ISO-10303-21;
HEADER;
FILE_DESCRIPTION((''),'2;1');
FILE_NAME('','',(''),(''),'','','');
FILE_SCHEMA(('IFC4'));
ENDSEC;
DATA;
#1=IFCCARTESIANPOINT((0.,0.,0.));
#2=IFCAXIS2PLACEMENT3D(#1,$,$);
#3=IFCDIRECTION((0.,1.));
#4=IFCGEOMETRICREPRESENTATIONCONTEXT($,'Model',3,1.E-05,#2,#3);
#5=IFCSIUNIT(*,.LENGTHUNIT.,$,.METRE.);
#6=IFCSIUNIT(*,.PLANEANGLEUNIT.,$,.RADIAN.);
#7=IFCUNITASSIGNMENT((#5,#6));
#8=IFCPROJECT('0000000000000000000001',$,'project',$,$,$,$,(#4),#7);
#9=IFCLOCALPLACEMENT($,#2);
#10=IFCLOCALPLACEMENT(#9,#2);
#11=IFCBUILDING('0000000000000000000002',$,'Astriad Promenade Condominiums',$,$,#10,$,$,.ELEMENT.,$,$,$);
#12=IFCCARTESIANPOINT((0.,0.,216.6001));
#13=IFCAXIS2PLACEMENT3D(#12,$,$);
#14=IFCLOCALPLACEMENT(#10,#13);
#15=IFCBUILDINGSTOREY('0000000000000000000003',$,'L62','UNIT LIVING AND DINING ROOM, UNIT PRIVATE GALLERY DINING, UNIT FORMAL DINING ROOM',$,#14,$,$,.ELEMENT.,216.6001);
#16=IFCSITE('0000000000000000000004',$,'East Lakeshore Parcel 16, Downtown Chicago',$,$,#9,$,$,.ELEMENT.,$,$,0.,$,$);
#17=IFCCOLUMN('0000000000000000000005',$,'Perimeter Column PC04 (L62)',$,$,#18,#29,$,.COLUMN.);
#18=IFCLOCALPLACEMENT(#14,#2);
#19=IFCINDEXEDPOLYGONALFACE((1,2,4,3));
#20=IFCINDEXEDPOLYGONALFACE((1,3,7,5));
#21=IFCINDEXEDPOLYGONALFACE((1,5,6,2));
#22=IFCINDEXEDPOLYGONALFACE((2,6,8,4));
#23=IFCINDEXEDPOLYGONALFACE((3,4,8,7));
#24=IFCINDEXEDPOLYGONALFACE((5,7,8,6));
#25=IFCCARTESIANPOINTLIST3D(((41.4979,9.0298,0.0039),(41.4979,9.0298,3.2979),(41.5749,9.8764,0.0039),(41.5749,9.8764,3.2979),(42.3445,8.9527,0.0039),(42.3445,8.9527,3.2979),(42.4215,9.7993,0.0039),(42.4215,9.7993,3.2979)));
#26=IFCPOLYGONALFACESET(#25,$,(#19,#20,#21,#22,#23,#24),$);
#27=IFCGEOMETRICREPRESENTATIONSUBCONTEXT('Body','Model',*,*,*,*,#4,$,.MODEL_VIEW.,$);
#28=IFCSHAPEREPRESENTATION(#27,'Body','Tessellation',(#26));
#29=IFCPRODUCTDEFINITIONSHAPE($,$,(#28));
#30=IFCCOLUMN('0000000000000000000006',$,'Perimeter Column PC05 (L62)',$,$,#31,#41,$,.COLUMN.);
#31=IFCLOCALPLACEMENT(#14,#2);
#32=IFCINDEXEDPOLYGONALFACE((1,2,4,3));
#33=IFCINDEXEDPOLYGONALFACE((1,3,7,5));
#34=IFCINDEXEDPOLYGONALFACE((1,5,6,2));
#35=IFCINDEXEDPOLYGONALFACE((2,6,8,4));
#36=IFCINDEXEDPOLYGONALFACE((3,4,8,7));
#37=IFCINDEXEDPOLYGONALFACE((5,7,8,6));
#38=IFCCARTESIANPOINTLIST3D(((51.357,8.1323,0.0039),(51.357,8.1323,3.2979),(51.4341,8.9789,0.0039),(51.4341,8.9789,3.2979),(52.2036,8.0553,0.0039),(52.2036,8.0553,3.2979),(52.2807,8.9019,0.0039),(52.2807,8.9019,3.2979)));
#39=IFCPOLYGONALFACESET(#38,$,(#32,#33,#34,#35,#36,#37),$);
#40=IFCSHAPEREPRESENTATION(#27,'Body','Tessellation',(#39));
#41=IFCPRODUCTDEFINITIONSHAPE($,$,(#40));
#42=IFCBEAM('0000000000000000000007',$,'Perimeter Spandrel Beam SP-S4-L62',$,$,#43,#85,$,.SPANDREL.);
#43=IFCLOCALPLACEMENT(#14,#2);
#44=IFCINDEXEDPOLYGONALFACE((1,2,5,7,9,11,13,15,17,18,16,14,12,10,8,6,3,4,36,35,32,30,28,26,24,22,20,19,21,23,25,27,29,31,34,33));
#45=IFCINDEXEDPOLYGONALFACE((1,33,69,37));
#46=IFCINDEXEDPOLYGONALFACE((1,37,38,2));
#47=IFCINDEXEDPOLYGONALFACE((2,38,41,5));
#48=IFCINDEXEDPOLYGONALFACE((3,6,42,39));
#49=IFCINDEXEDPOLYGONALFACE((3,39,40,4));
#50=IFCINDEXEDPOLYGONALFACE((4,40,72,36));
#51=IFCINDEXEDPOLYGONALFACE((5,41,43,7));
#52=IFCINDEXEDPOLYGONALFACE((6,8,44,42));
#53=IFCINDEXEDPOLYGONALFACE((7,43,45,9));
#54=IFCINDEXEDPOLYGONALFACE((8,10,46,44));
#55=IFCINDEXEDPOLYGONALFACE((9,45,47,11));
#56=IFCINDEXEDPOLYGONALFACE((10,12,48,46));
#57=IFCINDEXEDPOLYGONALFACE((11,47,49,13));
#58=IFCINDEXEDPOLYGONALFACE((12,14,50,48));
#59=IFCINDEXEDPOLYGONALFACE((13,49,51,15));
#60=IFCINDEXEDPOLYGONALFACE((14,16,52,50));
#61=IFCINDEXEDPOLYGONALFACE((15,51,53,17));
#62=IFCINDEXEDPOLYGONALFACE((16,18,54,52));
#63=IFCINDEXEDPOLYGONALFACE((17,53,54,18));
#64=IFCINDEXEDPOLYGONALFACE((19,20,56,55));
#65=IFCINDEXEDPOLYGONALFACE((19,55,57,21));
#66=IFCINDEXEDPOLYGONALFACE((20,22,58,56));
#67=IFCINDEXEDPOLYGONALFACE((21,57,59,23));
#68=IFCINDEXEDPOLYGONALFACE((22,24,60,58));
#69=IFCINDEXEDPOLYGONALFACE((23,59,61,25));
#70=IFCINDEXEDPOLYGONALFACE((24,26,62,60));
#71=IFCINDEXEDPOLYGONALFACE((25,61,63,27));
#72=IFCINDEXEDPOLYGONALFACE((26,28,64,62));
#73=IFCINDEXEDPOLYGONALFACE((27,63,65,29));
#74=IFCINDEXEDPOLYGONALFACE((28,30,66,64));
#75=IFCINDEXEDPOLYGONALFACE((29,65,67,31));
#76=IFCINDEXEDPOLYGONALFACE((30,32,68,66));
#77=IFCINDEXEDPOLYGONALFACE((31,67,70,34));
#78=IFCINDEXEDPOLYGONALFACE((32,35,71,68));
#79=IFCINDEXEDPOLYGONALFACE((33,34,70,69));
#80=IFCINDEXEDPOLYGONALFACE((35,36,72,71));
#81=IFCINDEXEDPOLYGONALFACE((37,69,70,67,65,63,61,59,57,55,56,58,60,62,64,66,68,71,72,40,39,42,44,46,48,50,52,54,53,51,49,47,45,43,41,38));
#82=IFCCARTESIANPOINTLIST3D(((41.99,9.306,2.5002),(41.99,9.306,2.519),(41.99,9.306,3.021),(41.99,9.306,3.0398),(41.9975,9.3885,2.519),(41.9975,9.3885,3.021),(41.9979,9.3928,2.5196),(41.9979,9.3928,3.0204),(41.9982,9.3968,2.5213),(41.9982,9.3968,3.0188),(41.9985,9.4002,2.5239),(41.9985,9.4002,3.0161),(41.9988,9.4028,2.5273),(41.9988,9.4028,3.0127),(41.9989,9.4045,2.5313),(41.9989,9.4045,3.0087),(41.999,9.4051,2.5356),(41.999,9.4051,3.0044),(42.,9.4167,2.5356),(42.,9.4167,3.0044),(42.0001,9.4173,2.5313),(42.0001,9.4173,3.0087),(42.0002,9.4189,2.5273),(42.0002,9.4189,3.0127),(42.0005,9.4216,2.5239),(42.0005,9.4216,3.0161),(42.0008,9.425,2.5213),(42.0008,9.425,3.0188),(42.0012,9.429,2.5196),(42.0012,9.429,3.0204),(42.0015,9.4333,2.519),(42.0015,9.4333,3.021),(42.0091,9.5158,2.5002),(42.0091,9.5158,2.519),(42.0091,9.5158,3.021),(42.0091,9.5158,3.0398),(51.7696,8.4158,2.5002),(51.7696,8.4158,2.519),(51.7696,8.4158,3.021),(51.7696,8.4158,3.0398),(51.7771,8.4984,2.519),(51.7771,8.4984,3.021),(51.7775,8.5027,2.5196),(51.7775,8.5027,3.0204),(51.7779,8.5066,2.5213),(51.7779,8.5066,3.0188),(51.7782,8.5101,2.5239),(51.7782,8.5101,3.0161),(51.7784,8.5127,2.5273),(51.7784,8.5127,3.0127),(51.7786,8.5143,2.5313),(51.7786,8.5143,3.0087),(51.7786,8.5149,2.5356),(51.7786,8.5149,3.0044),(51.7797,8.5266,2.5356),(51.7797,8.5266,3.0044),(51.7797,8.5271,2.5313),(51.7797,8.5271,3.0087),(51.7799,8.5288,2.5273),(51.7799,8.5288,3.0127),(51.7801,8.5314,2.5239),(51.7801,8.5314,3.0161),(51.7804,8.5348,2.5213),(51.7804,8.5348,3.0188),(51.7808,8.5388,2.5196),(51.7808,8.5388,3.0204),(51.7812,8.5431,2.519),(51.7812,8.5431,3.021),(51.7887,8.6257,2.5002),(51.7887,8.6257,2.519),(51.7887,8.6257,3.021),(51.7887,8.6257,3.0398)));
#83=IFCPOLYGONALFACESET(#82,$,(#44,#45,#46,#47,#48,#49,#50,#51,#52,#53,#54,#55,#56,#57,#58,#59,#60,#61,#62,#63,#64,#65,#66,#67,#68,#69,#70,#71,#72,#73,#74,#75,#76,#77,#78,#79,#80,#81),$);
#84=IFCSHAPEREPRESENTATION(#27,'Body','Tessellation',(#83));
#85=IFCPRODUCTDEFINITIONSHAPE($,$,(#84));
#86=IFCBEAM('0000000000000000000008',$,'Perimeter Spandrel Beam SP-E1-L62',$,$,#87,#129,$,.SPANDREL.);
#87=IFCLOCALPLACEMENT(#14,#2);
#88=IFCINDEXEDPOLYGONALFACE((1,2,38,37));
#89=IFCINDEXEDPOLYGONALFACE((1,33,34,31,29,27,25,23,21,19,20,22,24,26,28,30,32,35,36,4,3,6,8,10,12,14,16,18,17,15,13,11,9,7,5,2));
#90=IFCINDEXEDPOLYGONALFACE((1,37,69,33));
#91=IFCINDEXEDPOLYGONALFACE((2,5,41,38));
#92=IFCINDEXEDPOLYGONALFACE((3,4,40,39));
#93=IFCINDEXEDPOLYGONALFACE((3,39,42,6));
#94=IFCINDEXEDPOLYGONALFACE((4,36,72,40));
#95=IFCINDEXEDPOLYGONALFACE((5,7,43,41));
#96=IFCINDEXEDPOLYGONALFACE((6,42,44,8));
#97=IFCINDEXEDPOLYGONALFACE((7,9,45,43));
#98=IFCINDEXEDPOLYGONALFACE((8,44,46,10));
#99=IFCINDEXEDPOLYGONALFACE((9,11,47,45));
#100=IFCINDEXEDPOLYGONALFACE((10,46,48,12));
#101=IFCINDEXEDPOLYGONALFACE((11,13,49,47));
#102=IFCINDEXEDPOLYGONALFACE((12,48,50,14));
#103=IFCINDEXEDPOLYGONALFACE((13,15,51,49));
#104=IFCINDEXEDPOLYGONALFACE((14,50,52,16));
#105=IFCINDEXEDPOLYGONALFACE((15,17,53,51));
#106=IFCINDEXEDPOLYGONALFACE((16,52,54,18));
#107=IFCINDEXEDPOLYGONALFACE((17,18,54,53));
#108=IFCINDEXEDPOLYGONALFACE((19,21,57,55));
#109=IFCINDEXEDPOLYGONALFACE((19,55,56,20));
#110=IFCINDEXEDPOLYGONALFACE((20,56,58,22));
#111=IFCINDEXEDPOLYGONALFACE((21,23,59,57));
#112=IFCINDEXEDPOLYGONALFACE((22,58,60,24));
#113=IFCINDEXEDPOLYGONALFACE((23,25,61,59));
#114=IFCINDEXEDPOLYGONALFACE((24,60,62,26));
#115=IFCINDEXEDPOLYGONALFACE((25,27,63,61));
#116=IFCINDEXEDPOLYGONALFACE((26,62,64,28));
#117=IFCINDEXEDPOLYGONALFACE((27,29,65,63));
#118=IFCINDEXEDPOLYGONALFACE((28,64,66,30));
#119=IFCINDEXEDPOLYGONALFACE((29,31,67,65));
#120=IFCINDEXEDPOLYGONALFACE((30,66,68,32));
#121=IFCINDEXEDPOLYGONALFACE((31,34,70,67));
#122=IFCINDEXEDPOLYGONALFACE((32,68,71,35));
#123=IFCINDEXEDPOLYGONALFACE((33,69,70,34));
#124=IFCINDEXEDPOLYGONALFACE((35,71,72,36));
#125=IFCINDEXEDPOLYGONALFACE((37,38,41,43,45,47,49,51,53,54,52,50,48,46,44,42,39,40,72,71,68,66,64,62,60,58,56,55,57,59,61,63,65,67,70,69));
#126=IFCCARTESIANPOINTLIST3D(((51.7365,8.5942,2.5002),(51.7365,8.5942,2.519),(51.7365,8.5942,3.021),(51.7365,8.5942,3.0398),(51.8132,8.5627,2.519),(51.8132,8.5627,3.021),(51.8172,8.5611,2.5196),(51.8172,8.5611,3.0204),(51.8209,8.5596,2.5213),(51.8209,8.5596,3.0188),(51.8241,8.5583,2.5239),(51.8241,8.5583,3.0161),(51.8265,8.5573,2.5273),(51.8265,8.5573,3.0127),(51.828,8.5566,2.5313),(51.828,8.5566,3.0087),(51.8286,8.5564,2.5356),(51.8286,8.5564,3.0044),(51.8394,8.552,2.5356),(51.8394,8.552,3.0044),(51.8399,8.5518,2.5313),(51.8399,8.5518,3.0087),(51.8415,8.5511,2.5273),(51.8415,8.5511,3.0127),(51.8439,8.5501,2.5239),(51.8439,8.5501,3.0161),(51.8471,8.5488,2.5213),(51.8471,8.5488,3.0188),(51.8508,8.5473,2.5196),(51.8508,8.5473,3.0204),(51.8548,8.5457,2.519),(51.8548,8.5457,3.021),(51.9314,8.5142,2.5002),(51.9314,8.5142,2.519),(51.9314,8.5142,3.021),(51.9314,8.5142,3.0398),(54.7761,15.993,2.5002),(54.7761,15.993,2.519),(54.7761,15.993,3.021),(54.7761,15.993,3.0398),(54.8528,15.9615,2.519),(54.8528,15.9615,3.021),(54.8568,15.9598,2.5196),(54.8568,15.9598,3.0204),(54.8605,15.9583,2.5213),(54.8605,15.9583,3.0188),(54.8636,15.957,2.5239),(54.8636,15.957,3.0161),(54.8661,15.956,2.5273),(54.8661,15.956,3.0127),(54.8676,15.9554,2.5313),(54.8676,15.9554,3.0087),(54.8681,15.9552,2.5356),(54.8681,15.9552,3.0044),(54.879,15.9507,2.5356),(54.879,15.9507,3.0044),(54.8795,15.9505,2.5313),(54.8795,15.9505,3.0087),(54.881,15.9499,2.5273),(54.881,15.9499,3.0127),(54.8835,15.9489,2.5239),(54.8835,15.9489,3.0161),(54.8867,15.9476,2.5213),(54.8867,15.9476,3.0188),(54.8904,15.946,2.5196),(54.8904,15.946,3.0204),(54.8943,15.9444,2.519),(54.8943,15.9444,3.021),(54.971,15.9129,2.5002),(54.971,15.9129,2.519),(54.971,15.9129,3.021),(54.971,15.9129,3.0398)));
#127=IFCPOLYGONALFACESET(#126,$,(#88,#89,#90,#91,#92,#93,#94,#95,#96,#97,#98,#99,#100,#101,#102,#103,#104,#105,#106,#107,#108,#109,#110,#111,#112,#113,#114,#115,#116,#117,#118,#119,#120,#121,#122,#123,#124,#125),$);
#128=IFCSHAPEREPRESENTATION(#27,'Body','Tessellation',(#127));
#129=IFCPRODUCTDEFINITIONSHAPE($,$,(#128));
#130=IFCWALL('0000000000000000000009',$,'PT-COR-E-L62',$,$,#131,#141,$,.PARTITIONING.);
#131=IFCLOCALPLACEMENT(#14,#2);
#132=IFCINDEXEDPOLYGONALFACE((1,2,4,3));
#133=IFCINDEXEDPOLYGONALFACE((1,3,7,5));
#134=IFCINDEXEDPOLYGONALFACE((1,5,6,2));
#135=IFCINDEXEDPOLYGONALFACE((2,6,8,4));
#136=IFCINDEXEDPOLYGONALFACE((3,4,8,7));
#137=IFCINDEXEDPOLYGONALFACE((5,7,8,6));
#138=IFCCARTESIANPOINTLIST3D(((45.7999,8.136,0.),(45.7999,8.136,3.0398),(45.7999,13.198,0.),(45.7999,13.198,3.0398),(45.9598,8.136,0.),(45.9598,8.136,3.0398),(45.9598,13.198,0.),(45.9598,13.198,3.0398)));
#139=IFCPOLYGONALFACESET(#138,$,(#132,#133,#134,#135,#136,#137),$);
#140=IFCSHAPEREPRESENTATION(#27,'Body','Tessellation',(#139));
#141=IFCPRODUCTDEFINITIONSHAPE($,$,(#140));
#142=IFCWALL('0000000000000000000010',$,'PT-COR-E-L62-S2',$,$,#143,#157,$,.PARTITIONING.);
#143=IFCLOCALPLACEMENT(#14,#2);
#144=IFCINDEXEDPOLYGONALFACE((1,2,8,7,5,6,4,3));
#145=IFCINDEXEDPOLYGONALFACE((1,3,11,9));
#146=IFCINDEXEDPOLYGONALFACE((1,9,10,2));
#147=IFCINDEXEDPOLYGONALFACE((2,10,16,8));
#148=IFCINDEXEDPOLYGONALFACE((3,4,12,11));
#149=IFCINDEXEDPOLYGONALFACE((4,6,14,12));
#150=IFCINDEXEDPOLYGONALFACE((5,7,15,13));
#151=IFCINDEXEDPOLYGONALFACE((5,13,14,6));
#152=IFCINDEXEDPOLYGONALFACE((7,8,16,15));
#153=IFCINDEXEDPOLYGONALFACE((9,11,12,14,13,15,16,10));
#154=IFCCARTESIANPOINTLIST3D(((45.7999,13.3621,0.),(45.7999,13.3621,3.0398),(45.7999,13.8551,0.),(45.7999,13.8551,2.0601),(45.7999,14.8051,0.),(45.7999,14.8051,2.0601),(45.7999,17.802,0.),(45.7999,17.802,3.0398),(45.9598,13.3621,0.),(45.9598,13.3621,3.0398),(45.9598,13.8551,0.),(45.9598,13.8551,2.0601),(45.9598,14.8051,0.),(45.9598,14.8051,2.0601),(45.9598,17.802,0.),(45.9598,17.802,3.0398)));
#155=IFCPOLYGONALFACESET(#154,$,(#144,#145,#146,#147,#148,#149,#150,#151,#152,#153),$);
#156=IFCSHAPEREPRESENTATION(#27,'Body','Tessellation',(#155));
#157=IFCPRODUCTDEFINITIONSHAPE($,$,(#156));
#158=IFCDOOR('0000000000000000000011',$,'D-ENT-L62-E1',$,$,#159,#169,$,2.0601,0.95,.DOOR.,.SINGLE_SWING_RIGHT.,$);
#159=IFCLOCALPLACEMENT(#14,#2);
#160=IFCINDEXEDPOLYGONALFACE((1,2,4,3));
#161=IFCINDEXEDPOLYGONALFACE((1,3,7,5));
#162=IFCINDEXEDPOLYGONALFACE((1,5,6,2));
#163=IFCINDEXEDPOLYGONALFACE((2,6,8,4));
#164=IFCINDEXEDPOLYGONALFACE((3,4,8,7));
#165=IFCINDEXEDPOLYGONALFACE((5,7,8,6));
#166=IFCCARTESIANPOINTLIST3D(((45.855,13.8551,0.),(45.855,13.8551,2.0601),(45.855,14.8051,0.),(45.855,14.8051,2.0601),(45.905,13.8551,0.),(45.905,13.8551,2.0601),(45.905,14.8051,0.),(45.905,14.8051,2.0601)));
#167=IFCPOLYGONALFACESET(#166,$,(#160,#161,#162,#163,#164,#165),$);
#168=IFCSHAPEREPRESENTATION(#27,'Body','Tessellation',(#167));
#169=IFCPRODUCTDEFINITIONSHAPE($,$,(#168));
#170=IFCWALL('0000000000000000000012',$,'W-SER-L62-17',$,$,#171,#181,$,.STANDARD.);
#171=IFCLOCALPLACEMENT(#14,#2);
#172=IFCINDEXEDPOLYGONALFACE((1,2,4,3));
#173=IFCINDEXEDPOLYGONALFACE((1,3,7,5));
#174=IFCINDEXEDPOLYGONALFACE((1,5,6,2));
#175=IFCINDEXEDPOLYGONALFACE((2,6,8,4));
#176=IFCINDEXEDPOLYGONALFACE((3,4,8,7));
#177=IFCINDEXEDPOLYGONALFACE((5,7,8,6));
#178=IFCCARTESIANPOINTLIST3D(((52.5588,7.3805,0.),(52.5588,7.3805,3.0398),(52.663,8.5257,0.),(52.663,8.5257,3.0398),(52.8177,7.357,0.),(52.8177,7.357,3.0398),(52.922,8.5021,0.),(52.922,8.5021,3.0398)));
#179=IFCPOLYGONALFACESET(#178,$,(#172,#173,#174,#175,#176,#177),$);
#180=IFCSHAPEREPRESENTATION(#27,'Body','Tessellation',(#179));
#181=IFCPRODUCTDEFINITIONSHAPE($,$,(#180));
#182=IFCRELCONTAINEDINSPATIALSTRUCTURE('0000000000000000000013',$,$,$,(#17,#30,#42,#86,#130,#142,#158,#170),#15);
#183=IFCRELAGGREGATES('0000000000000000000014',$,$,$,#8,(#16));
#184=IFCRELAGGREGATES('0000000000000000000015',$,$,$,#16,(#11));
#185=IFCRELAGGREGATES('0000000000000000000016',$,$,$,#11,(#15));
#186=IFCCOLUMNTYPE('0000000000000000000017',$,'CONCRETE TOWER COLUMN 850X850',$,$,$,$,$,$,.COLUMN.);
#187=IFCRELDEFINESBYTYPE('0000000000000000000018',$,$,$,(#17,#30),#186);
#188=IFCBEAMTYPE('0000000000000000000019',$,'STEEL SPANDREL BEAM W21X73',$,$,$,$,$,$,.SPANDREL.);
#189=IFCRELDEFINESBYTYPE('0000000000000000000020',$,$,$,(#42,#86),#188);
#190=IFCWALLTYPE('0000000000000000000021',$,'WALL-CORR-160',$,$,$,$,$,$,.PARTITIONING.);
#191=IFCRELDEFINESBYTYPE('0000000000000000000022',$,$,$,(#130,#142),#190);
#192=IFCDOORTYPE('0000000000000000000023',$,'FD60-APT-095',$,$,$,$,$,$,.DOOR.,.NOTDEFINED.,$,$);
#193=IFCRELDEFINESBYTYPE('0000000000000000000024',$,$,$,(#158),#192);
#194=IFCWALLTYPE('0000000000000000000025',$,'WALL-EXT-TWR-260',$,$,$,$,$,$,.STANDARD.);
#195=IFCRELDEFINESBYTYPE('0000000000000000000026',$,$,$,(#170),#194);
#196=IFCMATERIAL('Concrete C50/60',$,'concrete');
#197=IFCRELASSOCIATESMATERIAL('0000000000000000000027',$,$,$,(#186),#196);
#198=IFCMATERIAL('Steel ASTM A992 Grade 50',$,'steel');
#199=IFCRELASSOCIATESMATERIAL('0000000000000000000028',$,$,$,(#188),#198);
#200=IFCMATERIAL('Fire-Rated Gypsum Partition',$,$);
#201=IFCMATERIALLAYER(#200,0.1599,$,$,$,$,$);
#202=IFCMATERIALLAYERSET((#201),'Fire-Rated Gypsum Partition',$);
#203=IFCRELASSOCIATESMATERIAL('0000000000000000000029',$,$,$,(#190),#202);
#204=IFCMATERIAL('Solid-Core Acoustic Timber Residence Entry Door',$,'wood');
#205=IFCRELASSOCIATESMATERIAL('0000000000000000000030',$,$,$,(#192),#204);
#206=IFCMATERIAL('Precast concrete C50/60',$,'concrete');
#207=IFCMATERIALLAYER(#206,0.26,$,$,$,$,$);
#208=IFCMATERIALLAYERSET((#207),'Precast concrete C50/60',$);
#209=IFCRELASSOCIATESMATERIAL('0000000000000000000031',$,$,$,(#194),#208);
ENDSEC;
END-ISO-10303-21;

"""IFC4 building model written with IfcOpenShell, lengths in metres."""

from ifc_helpers import new_model, si_unit, direction, frame, frame_2d, origin, origin_2d, place, context, subcontext, project, spatial, rectangle, i_section, extrude, source, transform, mapped, material, layer, layer_set, material_profile, profile_set, type_object, type_shapes, element, fill, save


model = new_model("IFC4")

# Units and contexts
model_context = context("Model", 3, precision=1e-05, world=origin(), true_north=direction((0.0, 1.0)))
body_context = subcontext(model_context, "Body", "Model", "MODEL_VIEW")
ifc_project = project(units=[si_unit("LENGTHUNIT", "METRE"), si_unit("PLANEANGLEUNIT", "RADIAN")], contexts=[model_context])

# Site, building, storey
site_placement = place(None, origin())
site = spatial("IfcSite", under=ifc_project, at=site_placement, Name="East Lakeshore Parcel 16, Downtown Chicago", CompositionType="ELEMENT", RefElevation=0.0)
building_placement = place(site_placement, origin())
building = spatial("IfcBuilding", under=site, at=building_placement, Name="Astriad Promenade Condominiums", CompositionType="ELEMENT")
storey_placement = place(building_placement, frame((0.0, 0.0, 216.6001)))
storey = spatial("IfcBuildingStorey", under=building, at=storey_placement, Name="L62", Description="UNIT LIVING AND DINING ROOM, UNIT PRIVATE GALLERY DINING, UNIT FORMAL DINING ROOM", CompositionType="ELEMENT", Elevation=216.6001)

# Columns
ifc_material_1 = material(Name="Concrete C50/60", Category="concrete")
ifc_material_profile_1 = material_profile(ifc_material_1, rectangle(XDim=0.8501, YDim=0.8501, at=origin_2d()), Name="RC-COL-850X850")
ifc_profile_set_1 = profile_set([ifc_material_profile_1], Name="Concrete C50/60")
column_type = type_object("IfcColumnType", Name="CONCRETE TOWER COLUMN 850X850", PredefinedType="COLUMN", material=ifc_profile_set_1)
shared_shape_1 = source(origin(), body_context, "Body", "SweptSolid", [
    extrude(rectangle(XDim=0.8501, YDim=0.8501, at=origin_2d()), origin(), (0.0, 0.0, 1.0), 3.2939),
])
type_shapes(column_type, [shared_shape_1])
for number, where, z_axis, x_axis, name in (
    (1, (41.9597, 9.4146, 0.0039), (0.0, 0.0, 1.0), (0.995884, -0.090633, 0.0), "Perimeter Column PC04 (L62)"),
    (2, (51.8188, 8.5171, 0.0039), (0.0, 0.0, 1.0), (0.995884, -0.090633, 0.0), "Perimeter Column PC05 (L62)"),
):
    element("IfcColumn", number, at=place(storey_placement, frame(where, z_axis=z_axis, x_axis=x_axis)), inside=storey, type_object=column_type, Name=name, PredefinedType="COLUMN", context=body_context, shape_type="MappedRepresentation", body=[
        mapped(shared_shape_1, transform((0.0, 0.0, 0.0), scale=1.0)),
    ])

# Beams
ifc_material_2 = material(Name="Steel ASTM A992 Grade 50", Category="steel")
ifc_material_profile_2 = material_profile(ifc_material_2, i_section(OverallWidth=0.2107, OverallDepth=0.5396, WebThickness=0.0117, FlangeThickness=0.0188, FilletRadius=0.0166, at=origin_2d()), Name="W21X73")
ifc_profile_set_2 = profile_set([ifc_material_profile_2], Name="Steel ASTM A992 Grade 50")
beam_type = type_object("IfcBeamType", Name="STEEL SPANDREL BEAM W21X73", PredefinedType="SPANDREL", material=ifc_profile_set_2)
shared_shape_2 = source(origin(), body_context, "Body", "SweptSolid", [
    extrude(i_section(OverallWidth=0.2107, OverallDepth=0.5396, WebThickness=0.0117, FlangeThickness=0.0188, FilletRadius=0.0166, at=origin_2d()), origin(), (0.0, 0.0, 1.0), 9.8201),
])
beam_1_placement = place(storey_placement, frame((41.9995, 9.4109, 2.77), z_axis=(0.995883, -0.090646, 0.0), x_axis=(0.090646, 0.995883, 0.0)))
element("IfcBeam", 3, at=beam_1_placement, inside=storey, type_object=beam_type, Name="Perimeter Spandrel Beam SP-S4-L62", PredefinedType="SPANDREL", context=body_context, shape_type="MappedRepresentation", body=[
    mapped(shared_shape_2, transform((0.0, 0.0, 0.0), scale=1.0)),
])
shared_shape_3 = source(origin(), body_context, "Body", "SweptSolid", [
    extrude(i_section(OverallWidth=0.2107, OverallDepth=0.5396, WebThickness=0.0117, FlangeThickness=0.0188, FilletRadius=0.0166, at=origin_2d()), origin(), (0.0, 0.0, 1.0), 7.9988),
])
type_shapes(beam_type, [shared_shape_2, shared_shape_3])
beam_2_placement = place(storey_placement, frame((51.834, 8.5542, 2.77), z_axis=(0.380005, 0.924984, 0.0), x_axis=(-0.924984, 0.380005, 0.0)))
element("IfcBeam", 4, at=beam_2_placement, inside=storey, type_object=beam_type, Name="Perimeter Spandrel Beam SP-E1-L62", PredefinedType="SPANDREL", context=body_context, shape_type="MappedRepresentation", body=[
    mapped(shared_shape_3, transform((0.0, 0.0, 0.0), scale=1.0)),
])

# Wall
ifc_material_3 = material(Name="Fire-Rated Gypsum Partition")
ifc_layer_1 = layer(ifc_material_3, 0.1599)
ifc_layer_set_1 = layer_set([ifc_layer_1], Name="Fire-Rated Gypsum Partition")
wall_type_1 = type_object("IfcWallType", Name="WALL-CORR-160", PredefinedType="PARTITIONING", material=ifc_layer_set_1)
wall_1_placement = place(storey_placement, frame((45.8799, 8.136, 0.0), z_axis=(0.0, 0.0, 1.0), x_axis=(0.0, 1.0, 0.0)))
element("IfcWall", 5, at=wall_1_placement, inside=storey, type_object=wall_type_1, Name="PT-COR-E-L62", PredefinedType="PARTITIONING", context=body_context, shape_type="SweptSolid", body=[
    extrude(rectangle(XDim=5.062, YDim=0.1599, at=frame_2d((2.531, 0.0))), origin(), (0.0, 0.0, 1.0), 3.0398),
])

# Wall, opening, door
wall_2_placement = place(storey_placement, frame((45.8799, 13.3621, 0.0), z_axis=(0.0, 0.0, 1.0), x_axis=(0.0, 1.0, 0.0)))
wall_2 = element("IfcWall", 6, at=wall_2_placement, inside=storey, type_object=wall_type_1, Name="PT-COR-E-L62-S2", PredefinedType="PARTITIONING", context=body_context, shape_type="SweptSolid", body=[
    extrude(rectangle(XDim=4.4399, YDim=0.1599, at=frame_2d((2.22, 0.0))), origin(), (0.0, 0.0, 1.0), 3.0398),
])
opening_1_placement = place(wall_2_placement, frame((0.4929, 0.0, 0.0)))
opening_1 = element("IfcOpeningElement", 7, at=opening_1_placement, cuts=wall_2, PredefinedType="OPENING", context=body_context, shape_type="SweptSolid", body=[
    extrude(rectangle(XDim=0.95, YDim=2.0601, at=frame_2d((0.4751, 1.03))), frame((0.0, 0.0898, 0.0), z_axis=(0.0, -1.0, 0.0), x_axis=(1.0, 0.0, 0.0)), (0.0, 0.0, 1.0), 0.1799),
])
ifc_material_4 = material(Name="Solid-Core Acoustic Timber Residence Entry Door", Category="wood")
door_type_1 = type_object("IfcDoorType", Name="FD60-APT-095", OperationType="NOTDEFINED", PredefinedType="DOOR", material=ifc_material_4)
shared_shape_4 = source(origin(), body_context, "Body", "SweptSolid", [
    extrude(rectangle(XDim=0.95, YDim=2.0601, at=frame_2d((0.4751, 1.03))), frame((0.0, 0.0249, 0.0), z_axis=(0.0, -1.0, 0.0), x_axis=(1.0, 0.0, 0.0)), (0.0, 0.0, 1.0), 0.05),
])
type_shapes(door_type_1, [shared_shape_4])
door_1_placement = place(opening_1_placement, origin())
door_1 = element("IfcDoor", 8, at=door_1_placement, inside=storey, type_object=door_type_1, Name="D-ENT-L62-E1", OperationType="SINGLE_SWING_RIGHT", OverallHeight=2.0601, OverallWidth=0.95, PredefinedType="DOOR", context=body_context, shape_type="MappedRepresentation", body=[
    mapped(shared_shape_4, transform((0.0, 0.0, 0.0), scale=1.0)),
])
fill(opening_1, door_1)

# Wall
ifc_material_5 = material(Name="Precast concrete C50/60", Category="concrete")
ifc_layer_2 = layer(ifc_material_5, 0.26)
ifc_layer_set_2 = layer_set([ifc_layer_2], Name="Precast concrete C50/60")
wall_type_2 = type_object("IfcWallType", Name="WALL-EXT-TWR-260", PredefinedType="STANDARD", material=ifc_layer_set_2)
wall_3_placement = place(storey_placement, frame((52.7925, 8.5139, 0.0), z_axis=(0.0, 0.0, 1.0), x_axis=(-0.090651, -0.995883, 0.0)))
element("IfcWall", 9, at=wall_3_placement, inside=storey, type_object=wall_type_2, Name="W-SER-L62-17", PredefinedType="STANDARD", context=body_context, shape_type="SweptSolid", body=[
    extrude(rectangle(XDim=1.1499, YDim=0.26, at=frame_2d((0.575, 0.0))), origin(), (0.0, 0.0, 1.0), 3.0398),
])

save(model, "model.ifc")
